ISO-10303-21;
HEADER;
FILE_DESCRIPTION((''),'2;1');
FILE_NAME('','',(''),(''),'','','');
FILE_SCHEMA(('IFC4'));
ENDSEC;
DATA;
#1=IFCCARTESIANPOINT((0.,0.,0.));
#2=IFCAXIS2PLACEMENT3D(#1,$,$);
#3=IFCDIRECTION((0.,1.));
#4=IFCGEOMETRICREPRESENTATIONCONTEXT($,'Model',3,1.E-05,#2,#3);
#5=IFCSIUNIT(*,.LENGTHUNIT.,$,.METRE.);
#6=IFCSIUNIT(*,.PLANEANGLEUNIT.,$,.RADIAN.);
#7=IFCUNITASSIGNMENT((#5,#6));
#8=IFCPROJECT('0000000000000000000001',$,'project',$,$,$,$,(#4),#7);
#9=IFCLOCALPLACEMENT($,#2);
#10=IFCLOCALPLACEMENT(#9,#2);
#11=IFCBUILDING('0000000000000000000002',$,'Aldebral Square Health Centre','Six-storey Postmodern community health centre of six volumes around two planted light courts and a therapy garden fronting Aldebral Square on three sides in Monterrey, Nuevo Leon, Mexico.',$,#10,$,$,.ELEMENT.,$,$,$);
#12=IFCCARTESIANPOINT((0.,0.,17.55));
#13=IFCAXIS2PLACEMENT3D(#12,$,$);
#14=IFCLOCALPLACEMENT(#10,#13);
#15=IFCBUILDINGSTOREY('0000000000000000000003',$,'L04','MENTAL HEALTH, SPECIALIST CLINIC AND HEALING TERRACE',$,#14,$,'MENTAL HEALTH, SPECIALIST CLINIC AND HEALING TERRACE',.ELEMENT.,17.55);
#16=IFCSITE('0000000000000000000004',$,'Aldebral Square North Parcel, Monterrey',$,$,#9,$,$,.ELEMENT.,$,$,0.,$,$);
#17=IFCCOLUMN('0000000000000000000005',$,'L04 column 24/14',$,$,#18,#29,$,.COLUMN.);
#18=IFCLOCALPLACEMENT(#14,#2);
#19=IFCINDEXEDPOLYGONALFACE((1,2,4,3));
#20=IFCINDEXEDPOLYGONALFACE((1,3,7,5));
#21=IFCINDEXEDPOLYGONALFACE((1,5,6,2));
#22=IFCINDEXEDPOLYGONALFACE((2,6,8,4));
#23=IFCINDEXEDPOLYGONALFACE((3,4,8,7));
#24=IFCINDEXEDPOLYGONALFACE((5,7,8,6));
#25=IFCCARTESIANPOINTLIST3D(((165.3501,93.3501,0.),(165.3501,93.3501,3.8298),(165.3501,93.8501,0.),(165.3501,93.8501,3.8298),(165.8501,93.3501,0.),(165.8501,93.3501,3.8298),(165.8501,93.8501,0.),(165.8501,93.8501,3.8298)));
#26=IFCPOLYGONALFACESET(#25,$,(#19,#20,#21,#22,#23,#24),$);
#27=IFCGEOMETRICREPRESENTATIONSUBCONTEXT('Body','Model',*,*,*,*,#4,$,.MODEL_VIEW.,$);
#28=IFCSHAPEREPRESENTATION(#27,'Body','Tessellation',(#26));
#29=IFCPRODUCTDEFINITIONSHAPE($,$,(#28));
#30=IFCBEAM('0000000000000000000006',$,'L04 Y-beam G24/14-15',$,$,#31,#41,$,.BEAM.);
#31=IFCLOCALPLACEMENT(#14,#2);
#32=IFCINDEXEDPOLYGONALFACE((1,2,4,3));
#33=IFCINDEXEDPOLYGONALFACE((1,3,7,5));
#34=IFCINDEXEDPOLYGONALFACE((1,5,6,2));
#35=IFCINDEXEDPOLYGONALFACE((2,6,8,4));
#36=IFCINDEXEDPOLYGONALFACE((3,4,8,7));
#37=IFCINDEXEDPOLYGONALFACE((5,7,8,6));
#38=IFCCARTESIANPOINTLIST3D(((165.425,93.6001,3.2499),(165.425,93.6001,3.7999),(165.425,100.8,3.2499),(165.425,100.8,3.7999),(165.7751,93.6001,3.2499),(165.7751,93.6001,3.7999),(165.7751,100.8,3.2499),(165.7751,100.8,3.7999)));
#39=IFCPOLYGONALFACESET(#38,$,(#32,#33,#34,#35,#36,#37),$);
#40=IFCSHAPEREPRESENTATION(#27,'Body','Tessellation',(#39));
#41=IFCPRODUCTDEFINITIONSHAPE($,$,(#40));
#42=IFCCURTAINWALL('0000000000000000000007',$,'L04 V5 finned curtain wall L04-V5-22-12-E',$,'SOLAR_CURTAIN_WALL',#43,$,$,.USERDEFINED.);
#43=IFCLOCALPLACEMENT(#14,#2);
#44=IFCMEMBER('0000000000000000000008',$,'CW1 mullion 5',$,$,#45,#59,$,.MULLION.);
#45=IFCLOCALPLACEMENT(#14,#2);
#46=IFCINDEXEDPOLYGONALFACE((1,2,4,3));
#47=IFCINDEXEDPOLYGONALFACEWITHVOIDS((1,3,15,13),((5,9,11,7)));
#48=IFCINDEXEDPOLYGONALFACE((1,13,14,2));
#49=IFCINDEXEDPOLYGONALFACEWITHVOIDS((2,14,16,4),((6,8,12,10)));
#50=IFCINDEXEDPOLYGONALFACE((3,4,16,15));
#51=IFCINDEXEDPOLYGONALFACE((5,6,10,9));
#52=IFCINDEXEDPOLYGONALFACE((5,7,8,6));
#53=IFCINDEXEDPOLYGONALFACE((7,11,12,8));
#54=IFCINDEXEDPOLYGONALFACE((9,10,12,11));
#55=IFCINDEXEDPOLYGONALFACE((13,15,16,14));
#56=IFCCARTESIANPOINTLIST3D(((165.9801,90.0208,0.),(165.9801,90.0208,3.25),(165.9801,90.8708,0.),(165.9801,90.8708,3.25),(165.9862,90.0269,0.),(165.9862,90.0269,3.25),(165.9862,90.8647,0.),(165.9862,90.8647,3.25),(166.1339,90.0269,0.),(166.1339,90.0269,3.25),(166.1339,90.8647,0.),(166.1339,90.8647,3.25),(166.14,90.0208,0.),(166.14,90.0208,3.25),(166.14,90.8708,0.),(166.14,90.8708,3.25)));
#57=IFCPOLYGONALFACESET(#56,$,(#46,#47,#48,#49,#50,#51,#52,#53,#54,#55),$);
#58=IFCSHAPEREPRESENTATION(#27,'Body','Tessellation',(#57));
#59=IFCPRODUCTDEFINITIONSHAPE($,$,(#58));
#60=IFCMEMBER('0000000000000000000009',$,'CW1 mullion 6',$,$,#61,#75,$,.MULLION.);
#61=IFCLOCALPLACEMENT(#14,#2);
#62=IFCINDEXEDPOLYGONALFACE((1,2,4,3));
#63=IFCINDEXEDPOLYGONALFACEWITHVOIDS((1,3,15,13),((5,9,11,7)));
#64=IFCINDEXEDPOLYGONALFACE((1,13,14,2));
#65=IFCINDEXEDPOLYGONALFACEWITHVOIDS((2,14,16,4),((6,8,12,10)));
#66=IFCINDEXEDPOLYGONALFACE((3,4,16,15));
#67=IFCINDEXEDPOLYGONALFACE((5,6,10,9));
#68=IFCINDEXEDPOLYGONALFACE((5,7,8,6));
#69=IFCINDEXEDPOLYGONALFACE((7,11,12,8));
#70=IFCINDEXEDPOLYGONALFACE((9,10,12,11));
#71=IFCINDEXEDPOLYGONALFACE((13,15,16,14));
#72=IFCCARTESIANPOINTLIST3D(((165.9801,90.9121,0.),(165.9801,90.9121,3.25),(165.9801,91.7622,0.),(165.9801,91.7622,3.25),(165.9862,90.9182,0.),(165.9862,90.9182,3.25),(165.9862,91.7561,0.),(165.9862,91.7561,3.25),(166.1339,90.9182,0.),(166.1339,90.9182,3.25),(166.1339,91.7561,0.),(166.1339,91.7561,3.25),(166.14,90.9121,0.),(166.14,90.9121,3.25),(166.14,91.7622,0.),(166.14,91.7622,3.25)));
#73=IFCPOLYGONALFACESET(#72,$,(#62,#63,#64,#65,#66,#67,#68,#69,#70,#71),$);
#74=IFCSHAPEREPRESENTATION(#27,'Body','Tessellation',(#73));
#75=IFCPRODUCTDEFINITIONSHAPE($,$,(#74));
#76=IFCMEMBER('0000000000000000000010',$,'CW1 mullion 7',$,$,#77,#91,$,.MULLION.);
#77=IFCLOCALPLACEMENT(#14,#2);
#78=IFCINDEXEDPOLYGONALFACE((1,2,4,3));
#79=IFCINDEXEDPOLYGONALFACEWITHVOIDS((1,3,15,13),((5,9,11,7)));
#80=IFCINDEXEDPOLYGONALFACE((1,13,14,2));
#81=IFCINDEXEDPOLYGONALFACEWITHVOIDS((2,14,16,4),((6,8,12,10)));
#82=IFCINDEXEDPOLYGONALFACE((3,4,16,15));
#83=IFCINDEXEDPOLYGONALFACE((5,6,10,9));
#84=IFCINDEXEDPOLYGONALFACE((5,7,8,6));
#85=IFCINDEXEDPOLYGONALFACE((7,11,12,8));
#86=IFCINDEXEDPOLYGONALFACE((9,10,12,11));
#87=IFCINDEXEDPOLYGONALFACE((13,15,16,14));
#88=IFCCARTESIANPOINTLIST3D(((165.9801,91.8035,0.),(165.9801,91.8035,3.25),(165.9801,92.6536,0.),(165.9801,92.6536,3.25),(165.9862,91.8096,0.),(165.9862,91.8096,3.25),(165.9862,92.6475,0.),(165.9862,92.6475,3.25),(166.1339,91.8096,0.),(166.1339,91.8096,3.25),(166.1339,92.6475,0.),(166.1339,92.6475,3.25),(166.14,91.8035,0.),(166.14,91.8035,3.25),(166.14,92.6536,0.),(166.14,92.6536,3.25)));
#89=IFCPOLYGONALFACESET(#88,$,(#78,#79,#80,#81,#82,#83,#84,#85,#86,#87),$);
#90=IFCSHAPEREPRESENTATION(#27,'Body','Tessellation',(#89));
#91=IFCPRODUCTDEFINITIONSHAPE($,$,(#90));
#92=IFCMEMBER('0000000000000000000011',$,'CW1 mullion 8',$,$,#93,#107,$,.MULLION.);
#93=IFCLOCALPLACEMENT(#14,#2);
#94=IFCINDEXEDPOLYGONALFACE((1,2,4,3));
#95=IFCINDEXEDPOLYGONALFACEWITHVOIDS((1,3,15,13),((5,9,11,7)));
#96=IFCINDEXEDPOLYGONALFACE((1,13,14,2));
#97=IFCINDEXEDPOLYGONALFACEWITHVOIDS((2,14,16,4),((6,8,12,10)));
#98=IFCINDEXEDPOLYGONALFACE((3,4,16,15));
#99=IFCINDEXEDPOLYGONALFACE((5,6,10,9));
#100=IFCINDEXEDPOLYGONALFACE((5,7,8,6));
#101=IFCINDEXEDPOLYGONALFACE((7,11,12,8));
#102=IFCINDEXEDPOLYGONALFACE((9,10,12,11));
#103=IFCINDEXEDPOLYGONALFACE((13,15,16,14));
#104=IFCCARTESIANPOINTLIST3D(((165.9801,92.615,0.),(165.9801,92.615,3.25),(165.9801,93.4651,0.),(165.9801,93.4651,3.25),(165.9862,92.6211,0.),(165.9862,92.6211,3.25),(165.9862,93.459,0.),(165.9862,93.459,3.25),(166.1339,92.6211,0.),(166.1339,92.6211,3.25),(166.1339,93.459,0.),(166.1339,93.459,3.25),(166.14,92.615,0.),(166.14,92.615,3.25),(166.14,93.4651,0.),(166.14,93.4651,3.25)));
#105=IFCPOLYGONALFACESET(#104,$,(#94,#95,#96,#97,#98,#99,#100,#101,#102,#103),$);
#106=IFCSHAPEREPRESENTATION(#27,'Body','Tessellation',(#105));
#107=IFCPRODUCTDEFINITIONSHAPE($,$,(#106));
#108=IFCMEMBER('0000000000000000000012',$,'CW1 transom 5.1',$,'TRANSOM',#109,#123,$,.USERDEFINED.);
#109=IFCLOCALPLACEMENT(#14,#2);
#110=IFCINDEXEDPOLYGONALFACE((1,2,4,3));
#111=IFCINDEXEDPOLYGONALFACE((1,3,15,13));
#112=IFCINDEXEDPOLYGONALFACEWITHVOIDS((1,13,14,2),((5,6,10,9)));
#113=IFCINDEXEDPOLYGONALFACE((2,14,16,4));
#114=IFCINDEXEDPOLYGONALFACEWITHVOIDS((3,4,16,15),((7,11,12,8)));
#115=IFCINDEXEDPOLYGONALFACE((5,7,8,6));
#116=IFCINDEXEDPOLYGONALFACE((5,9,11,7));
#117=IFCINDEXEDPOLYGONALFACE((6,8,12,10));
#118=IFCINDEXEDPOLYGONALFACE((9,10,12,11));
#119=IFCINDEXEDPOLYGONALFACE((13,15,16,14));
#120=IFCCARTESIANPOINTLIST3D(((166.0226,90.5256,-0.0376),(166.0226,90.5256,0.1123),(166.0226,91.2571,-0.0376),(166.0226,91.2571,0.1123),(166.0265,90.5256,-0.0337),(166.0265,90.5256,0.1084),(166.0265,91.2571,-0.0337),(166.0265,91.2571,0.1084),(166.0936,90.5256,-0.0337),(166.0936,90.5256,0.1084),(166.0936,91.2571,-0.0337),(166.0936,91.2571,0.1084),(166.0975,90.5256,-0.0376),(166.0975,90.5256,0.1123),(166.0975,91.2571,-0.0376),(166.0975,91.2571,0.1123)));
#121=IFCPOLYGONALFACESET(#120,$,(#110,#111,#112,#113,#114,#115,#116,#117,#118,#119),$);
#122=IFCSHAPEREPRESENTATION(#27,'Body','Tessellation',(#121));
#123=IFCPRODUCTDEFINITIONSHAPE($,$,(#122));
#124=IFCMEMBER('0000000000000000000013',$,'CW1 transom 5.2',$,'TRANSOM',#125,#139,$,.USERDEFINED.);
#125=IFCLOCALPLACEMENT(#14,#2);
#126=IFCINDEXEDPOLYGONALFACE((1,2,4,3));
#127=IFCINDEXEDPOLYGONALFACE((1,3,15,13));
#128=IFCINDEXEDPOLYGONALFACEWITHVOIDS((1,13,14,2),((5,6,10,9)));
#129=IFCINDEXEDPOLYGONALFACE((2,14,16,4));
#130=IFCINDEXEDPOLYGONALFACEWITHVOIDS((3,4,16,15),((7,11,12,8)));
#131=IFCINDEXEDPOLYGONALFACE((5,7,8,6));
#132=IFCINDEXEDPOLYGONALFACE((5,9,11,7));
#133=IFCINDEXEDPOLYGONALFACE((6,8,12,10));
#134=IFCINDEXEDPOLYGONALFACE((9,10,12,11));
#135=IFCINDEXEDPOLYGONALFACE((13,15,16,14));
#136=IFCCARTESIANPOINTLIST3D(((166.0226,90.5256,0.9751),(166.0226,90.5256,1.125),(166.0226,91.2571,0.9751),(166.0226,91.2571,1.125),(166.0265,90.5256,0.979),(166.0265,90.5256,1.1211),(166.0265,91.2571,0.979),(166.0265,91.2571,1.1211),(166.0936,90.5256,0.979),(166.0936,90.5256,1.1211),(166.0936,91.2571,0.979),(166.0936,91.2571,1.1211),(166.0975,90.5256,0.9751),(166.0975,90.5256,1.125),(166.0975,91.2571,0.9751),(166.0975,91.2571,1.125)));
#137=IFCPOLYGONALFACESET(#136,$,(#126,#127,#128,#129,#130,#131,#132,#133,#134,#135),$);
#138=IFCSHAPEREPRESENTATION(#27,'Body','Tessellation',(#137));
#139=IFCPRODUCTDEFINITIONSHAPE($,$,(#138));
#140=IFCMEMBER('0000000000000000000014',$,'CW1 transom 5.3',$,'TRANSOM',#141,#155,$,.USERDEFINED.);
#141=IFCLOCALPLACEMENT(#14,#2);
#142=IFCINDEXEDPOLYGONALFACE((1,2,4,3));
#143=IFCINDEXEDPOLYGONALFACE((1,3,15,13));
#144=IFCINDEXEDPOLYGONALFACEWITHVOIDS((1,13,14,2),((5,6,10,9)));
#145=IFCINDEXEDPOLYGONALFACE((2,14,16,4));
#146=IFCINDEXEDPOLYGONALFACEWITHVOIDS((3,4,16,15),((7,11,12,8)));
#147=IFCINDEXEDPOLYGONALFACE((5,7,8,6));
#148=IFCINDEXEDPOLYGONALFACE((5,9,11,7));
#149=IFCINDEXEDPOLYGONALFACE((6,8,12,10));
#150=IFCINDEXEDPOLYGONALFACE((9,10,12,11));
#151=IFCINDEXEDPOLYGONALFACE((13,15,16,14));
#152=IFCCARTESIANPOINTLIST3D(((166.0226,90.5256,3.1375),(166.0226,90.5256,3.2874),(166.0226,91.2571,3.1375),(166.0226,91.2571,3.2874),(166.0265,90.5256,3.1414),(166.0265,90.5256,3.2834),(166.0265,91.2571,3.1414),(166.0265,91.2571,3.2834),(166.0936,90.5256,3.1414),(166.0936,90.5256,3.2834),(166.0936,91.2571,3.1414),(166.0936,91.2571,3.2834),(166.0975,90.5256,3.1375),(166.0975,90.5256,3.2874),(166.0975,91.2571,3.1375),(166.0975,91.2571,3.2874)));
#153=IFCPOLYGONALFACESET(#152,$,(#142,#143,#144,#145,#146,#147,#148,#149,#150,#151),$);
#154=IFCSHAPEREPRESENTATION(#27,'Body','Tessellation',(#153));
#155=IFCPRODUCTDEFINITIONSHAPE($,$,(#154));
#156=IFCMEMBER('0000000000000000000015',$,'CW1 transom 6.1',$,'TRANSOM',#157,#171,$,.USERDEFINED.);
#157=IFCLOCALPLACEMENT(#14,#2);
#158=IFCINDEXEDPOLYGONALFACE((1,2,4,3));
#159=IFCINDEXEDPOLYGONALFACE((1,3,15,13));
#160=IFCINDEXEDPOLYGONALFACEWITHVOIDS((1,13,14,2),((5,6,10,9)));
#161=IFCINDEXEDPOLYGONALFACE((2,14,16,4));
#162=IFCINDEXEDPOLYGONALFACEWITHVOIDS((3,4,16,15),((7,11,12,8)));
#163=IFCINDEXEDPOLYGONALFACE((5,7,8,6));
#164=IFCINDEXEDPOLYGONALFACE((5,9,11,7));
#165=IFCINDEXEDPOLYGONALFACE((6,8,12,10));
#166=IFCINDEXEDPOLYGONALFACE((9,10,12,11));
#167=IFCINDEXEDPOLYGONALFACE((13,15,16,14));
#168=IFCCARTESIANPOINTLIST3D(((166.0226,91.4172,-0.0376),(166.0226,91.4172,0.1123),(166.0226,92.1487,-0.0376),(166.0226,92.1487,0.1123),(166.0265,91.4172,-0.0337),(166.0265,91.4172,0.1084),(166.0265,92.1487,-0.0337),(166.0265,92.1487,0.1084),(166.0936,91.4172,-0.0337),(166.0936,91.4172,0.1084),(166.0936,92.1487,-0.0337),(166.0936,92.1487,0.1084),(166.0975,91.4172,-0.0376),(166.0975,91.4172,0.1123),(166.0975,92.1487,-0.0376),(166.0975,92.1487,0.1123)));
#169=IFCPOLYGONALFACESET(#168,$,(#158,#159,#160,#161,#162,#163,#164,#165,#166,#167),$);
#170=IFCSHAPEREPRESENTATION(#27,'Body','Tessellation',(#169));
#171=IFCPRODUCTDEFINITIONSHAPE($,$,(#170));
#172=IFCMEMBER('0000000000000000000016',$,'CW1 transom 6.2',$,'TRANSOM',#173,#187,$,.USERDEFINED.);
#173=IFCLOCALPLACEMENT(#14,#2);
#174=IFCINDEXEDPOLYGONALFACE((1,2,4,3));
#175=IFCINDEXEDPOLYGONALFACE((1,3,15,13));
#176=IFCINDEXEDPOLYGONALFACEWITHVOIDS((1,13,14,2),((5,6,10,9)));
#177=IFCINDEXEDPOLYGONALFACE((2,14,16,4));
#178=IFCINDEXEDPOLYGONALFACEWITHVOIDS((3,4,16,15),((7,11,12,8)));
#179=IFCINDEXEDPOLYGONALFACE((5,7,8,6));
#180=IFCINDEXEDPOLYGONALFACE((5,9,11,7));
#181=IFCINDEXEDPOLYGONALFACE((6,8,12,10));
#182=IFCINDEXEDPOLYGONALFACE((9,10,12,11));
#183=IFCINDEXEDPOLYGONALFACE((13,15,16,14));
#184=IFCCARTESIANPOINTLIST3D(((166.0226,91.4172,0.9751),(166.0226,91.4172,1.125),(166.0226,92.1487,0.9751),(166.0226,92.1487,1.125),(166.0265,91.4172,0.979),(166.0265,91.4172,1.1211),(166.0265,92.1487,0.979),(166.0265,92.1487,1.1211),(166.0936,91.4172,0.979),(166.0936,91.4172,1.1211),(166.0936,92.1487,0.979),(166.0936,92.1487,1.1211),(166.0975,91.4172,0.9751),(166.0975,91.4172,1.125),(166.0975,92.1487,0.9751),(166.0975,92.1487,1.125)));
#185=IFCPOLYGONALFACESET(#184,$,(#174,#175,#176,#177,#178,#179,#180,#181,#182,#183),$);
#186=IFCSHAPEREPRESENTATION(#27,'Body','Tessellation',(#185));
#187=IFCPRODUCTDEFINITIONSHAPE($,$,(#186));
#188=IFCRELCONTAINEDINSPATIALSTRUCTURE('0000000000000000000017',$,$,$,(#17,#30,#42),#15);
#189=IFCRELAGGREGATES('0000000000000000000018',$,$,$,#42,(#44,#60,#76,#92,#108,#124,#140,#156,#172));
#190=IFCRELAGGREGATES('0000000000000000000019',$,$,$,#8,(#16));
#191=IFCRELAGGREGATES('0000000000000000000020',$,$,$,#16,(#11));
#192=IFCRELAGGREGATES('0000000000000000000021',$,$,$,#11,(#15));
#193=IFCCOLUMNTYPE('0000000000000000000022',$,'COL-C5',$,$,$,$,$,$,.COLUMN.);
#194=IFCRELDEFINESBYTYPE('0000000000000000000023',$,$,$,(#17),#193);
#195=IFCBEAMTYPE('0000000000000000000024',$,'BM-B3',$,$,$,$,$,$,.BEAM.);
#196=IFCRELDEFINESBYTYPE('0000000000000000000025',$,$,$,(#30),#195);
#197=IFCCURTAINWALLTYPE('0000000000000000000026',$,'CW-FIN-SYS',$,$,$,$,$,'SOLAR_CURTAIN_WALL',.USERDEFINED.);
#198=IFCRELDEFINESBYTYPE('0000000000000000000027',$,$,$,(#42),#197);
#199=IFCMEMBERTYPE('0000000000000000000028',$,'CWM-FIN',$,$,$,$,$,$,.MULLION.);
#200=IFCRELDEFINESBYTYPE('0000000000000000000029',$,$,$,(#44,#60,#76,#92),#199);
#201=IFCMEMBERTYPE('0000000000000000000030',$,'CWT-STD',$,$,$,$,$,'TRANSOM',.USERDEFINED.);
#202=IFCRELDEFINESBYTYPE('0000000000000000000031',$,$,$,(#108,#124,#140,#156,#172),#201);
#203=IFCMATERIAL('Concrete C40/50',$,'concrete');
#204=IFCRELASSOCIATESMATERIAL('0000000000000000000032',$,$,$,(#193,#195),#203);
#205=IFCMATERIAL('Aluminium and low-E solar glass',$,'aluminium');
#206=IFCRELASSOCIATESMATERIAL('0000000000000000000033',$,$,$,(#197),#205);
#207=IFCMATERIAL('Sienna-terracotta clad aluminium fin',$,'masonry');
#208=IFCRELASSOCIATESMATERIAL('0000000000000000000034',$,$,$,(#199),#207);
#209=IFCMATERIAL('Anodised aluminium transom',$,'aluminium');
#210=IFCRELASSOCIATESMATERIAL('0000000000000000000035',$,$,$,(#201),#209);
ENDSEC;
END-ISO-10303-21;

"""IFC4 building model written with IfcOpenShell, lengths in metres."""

from ifc_helpers import new_model, si_unit, direction, frame, origin, origin_2d, place, context, subcontext, project, spatial, rectangle, hollow_rectangle, extrude, material, material_profile, profile_set, type_object, element, aggregate, save


model = new_model("IFC4")

# Units and contexts
model_context = context("Model", 3, precision=1e-05, world=origin(), true_north=direction((0.0, 1.0)))
body_context = subcontext(model_context, "Body", "Model", "MODEL_VIEW")
ifc_project = project(units=[si_unit("LENGTHUNIT", "METRE"), si_unit("PLANEANGLEUNIT", "RADIAN")], contexts=[model_context])

# Site, building, storey
site_placement = place(None, origin())
site = spatial("IfcSite", under=ifc_project, at=site_placement, Name="Aldebral Square North Parcel, Monterrey", CompositionType="ELEMENT", RefElevation=0.0)
building_placement = place(site_placement, origin())
building = spatial("IfcBuilding", under=site, at=building_placement, Name="Aldebral Square Health Centre", Description="Six-storey Postmodern community health centre of six volumes around two planted light courts and a therapy garden fronting Aldebral Square on three sides in Monterrey, Nuevo Leon, Mexico.", CompositionType="ELEMENT")
storey_placement = place(building_placement, frame((0.0, 0.0, 17.55)))
storey = spatial("IfcBuildingStorey", under=building, at=storey_placement, Name="L04", Description="MENTAL HEALTH, SPECIALIST CLINIC AND HEALING TERRACE", LongName="MENTAL HEALTH, SPECIALIST CLINIC AND HEALING TERRACE", CompositionType="ELEMENT", Elevation=17.55)

# Column
ifc_material_1 = material(Name="Concrete C40/50", Category="concrete")
ifc_material_profile_1 = material_profile(ifc_material_1, rectangle(XDim=0.5, YDim=0.5, at=origin_2d()), Name="RC 500x500")
ifc_profile_set_1 = profile_set([ifc_material_profile_1], Name="Concrete C40/50")
column_type = type_object("IfcColumnType", Name="COL-C5", PredefinedType="COLUMN", material=ifc_profile_set_1)
column_placement = place(storey_placement, frame((165.6001, 93.6001, 0.0), z_axis=(0.0, 0.0, 1.0), x_axis=(1.0, 0.0, 0.0)))
element("IfcColumn", 1, at=column_placement, inside=storey, type_object=column_type, Name="L04 column 24/14", PredefinedType="COLUMN", context=body_context, shape_type="SweptSolid", body=[
    extrude(rectangle(XDim=0.5, YDim=0.5, at=origin_2d()), origin(), (0.0, 0.0, 1.0), 3.8298),
])

# Beam
ifc_material_profile_2 = material_profile(ifc_material_1, rectangle(XDim=0.3501, YDim=0.55, at=origin_2d()), Name="RC 350x550")
ifc_profile_set_2 = profile_set([ifc_material_profile_2], Name="Concrete C40/50")
beam_type = type_object("IfcBeamType", Name="BM-B3", PredefinedType="BEAM", material=ifc_profile_set_2)
beam_placement = place(storey_placement, frame((165.6001, 93.6001, 3.5249), z_axis=(0.0, 1.0, 0.0), x_axis=(-1.0, 0.0, 0.0)))
element("IfcBeam", 2, at=beam_placement, inside=storey, type_object=beam_type, Name="L04 Y-beam G24/14-15", PredefinedType="BEAM", context=body_context, shape_type="SweptSolid", body=[
    extrude(rectangle(XDim=0.3501, YDim=0.55, at=origin_2d()), origin(), (0.0, 0.0, 1.0), 7.2),
])

# Curtain wall, members
ifc_material_2 = material(Name="Aluminium and low-E solar glass", Category="aluminium")
curtain_wall_type = type_object("IfcCurtainWallType", Name="CW-FIN-SYS", ElementType="SOLAR_CURTAIN_WALL", PredefinedType="USERDEFINED", material=ifc_material_2)
curtain_wall_placement = place(storey_placement, origin())
curtain_wall = element("IfcCurtainWall", 3, at=curtain_wall_placement, inside=storey, type_object=curtain_wall_type, Name="L04 V5 finned curtain wall L04-V5-22-12-E", ObjectType="SOLAR_CURTAIN_WALL", PredefinedType="USERDEFINED")
ifc_material_3 = material(Name="Sienna-terracotta clad aluminium fin", Category="masonry")
ifc_material_profile_3 = material_profile(ifc_material_3, hollow_rectangle(XDim=0.1599, YDim=0.8501, WallThickness=0.0061, at=origin_2d()), Name="FIN 160x850x6")
ifc_profile_set_3 = profile_set([ifc_material_profile_3], Name="Sienna-terracotta clad aluminium fin")
member_type_1 = type_object("IfcMemberType", Name="CWM-FIN", PredefinedType="MULLION", material=ifc_profile_set_3)
member_1_placement = place(storey_placement, frame((166.0601, 90.4458, 0.0), z_axis=(0.0, 0.0, 1.0), x_axis=(-1.0, 0.0, 0.0)))
member_1 = element("IfcMember", 4, at=member_1_placement, type_object=member_type_1, Name="CW1 mullion 5", PredefinedType="MULLION", context=body_context, shape_type="SweptSolid", body=[
    extrude(hollow_rectangle(XDim=0.1599, YDim=0.8501, WallThickness=0.0061, at=origin_2d()), origin(), (0.0, 0.0, 1.0), 3.25),
])
member_2_placement = place(storey_placement, frame((166.0601, 91.3372, 0.0), z_axis=(0.0, 0.0, 1.0), x_axis=(-1.0, 0.0, 0.0)))
member_2 = element("IfcMember", 5, at=member_2_placement, type_object=member_type_1, Name="CW1 mullion 6", PredefinedType="MULLION", context=body_context, shape_type="SweptSolid", body=[
    extrude(hollow_rectangle(XDim=0.1599, YDim=0.8501, WallThickness=0.0061, at=origin_2d()), origin(), (0.0, 0.0, 1.0), 3.25),
])
member_3_placement = place(storey_placement, frame((166.0601, 92.2285, 0.0), z_axis=(0.0, 0.0, 1.0), x_axis=(-1.0, 0.0, 0.0)))
member_3 = element("IfcMember", 6, at=member_3_placement, type_object=member_type_1, Name="CW1 mullion 7", PredefinedType="MULLION", context=body_context, shape_type="SweptSolid", body=[
    extrude(hollow_rectangle(XDim=0.1599, YDim=0.8501, WallThickness=0.0061, at=origin_2d()), origin(), (0.0, 0.0, 1.0), 3.25),
])
member_4_placement = place(storey_placement, frame((166.0601, 93.04, 0.0), z_axis=(0.0, 0.0, 1.0), x_axis=(-1.0, 0.0, 0.0)))
member_4 = element("IfcMember", 7, at=member_4_placement, type_object=member_type_1, Name="CW1 mullion 8", PredefinedType="MULLION", context=body_context, shape_type="SweptSolid", body=[
    extrude(hollow_rectangle(XDim=0.1599, YDim=0.8501, WallThickness=0.0061, at=origin_2d()), origin(), (0.0, 0.0, 1.0), 3.25),
])
ifc_material_4 = material(Name="Anodised aluminium transom", Category="aluminium")
ifc_material_profile_4 = material_profile(ifc_material_4, hollow_rectangle(XDim=0.075, YDim=0.1499, WallThickness=0.0039, at=origin_2d()), Name="CWT 75x150x4")
ifc_profile_set_4 = profile_set([ifc_material_profile_4], Name="Anodised aluminium transom")
member_type_2 = type_object("IfcMemberType", Name="CWT-STD", ElementType="TRANSOM", PredefinedType="USERDEFINED", material=ifc_profile_set_4)
member_5_placement = place(storey_placement, frame((166.0601, 90.5256, 0.0374), z_axis=(0.0, 1.0, 0.0), x_axis=(-1.0, 0.0, 0.0)))
member_5 = element("IfcMember", 8, at=member_5_placement, type_object=member_type_2, Name="CW1 transom 5.1", ObjectType="TRANSOM", PredefinedType="USERDEFINED", context=body_context, shape_type="SweptSolid", body=[
    extrude(hollow_rectangle(XDim=0.075, YDim=0.1499, WallThickness=0.0039, at=origin_2d()), origin(), (0.0, 0.0, 1.0), 0.7314),
])
member_6_placement = place(storey_placement, frame((166.0601, 90.5256, 1.05), z_axis=(0.0, 1.0, 0.0), x_axis=(-1.0, 0.0, 0.0)))
member_6 = element("IfcMember", 9, at=member_6_placement, type_object=member_type_2, Name="CW1 transom 5.2", ObjectType="TRANSOM", PredefinedType="USERDEFINED", context=body_context, shape_type="SweptSolid", body=[
    extrude(hollow_rectangle(XDim=0.075, YDim=0.1499, WallThickness=0.0039, at=origin_2d()), origin(), (0.0, 0.0, 1.0), 0.7314),
])
member_7_placement = place(storey_placement, frame((166.0601, 90.5256, 3.2124), z_axis=(0.0, 1.0, 0.0), x_axis=(-1.0, 0.0, 0.0)))
member_7 = element("IfcMember", 10, at=member_7_placement, type_object=member_type_2, Name="CW1 transom 5.3", ObjectType="TRANSOM", PredefinedType="USERDEFINED", context=body_context, shape_type="SweptSolid", body=[
    extrude(hollow_rectangle(XDim=0.075, YDim=0.1499, WallThickness=0.0039, at=origin_2d()), origin(), (0.0, 0.0, 1.0), 0.7314),
])
member_8_placement = place(storey_placement, frame((166.0601, 91.4172, 0.0374), z_axis=(0.0, 1.0, 0.0), x_axis=(-1.0, 0.0, 0.0)))
member_8 = element("IfcMember", 11, at=member_8_placement, type_object=member_type_2, Name="CW1 transom 6.1", ObjectType="TRANSOM", PredefinedType="USERDEFINED", context=body_context, shape_type="SweptSolid", body=[
    extrude(hollow_rectangle(XDim=0.075, YDim=0.1499, WallThickness=0.0039, at=origin_2d()), origin(), (0.0, 0.0, 1.0), 0.7314),
])
member_9_placement = place(storey_placement, frame((166.0601, 91.4172, 1.05), z_axis=(0.0, 1.0, 0.0), x_axis=(-1.0, 0.0, 0.0)))
member_9 = element("IfcMember", 12, at=member_9_placement, type_object=member_type_2, Name="CW1 transom 6.2", ObjectType="TRANSOM", PredefinedType="USERDEFINED", context=body_context, shape_type="SweptSolid", body=[
    extrude(hollow_rectangle(XDim=0.075, YDim=0.1499, WallThickness=0.0039, at=origin_2d()), origin(), (0.0, 0.0, 1.0), 0.7314),
])
aggregate(curtain_wall, [member_1, member_2, member_3, member_4, member_5, member_6, member_7, member_8, member_9])

save(model, "model.ifc")
